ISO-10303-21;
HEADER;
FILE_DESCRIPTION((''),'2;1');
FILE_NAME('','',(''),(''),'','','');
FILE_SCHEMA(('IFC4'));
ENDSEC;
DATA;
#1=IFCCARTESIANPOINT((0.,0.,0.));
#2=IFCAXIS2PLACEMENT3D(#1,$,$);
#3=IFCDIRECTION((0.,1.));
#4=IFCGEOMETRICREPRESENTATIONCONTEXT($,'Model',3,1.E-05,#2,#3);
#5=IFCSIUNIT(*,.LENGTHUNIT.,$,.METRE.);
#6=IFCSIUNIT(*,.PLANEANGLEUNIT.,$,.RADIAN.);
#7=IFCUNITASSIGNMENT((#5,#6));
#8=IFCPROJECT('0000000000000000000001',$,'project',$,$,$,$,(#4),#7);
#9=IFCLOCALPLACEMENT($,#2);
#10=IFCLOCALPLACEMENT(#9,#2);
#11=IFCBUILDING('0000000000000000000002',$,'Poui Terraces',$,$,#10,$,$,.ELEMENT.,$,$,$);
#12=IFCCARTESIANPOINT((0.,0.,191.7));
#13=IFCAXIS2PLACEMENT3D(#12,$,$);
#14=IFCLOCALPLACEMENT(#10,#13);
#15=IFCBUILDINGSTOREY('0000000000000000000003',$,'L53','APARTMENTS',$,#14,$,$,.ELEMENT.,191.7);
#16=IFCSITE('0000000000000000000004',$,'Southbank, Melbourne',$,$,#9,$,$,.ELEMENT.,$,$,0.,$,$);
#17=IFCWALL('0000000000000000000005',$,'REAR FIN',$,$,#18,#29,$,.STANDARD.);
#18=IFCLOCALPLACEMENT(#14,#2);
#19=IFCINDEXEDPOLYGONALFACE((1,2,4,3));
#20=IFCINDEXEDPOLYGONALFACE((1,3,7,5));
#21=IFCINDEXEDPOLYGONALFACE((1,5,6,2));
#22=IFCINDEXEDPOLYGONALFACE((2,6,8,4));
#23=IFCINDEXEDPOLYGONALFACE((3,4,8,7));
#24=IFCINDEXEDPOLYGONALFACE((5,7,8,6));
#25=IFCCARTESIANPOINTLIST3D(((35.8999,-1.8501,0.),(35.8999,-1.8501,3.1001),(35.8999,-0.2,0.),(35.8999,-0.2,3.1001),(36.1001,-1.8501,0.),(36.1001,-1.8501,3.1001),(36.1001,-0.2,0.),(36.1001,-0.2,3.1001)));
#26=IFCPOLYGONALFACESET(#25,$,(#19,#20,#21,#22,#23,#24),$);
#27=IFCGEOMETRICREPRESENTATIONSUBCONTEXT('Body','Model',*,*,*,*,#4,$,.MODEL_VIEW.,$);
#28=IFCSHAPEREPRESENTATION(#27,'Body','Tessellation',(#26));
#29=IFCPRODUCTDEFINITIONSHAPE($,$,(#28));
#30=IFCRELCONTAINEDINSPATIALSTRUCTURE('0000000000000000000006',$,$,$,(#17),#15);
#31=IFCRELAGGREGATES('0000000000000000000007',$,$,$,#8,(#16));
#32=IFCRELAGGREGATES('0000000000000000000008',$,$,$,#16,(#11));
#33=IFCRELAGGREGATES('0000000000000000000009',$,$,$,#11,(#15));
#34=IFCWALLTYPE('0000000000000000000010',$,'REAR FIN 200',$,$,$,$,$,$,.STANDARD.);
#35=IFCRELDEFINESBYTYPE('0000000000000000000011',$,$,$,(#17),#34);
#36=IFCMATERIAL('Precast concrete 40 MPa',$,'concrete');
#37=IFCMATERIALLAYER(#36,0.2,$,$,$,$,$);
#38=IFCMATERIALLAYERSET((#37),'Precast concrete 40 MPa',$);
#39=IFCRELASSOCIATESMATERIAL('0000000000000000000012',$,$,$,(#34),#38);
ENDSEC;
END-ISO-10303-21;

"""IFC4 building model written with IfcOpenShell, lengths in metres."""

from ifc_helpers import new_model, si_unit, direction, frame, origin, place, context, subcontext, project, spatial, polyline, outline, extrude, source, transform, mapped, material, layer, layer_set, type_object, element, save


model = new_model("IFC4")

# Units and contexts
model_context = context("Model", 3, precision=1e-05, world=origin(), true_north=direction((0.0, 1.0)))
body_context = subcontext(model_context, "Body", "Model", "MODEL_VIEW")
ifc_project = project(units=[si_unit("LENGTHUNIT", "METRE"), si_unit("PLANEANGLEUNIT", "RADIAN")], contexts=[model_context])

# Site, building, storey
site_placement = place(None, origin())
site = spatial("IfcSite", under=ifc_project, at=site_placement, Name="Southbank, Melbourne", CompositionType="ELEMENT", RefElevation=0.0)
building_placement = place(site_placement, origin())
building = spatial("IfcBuilding", under=site, at=building_placement, Name="Poui Terraces", CompositionType="ELEMENT")
storey_placement = place(building_placement, frame((0.0, 0.0, 191.7)))
storey = spatial("IfcBuildingStorey", under=building, at=storey_placement, Name="L53", Description="APARTMENTS", CompositionType="ELEMENT", Elevation=191.7)

# Shared definitions
ifc_material_1 = material(Name="Precast concrete 40 MPa", Category="concrete")

# Wall
ifc_layer_1 = layer(ifc_material_1, 0.2)
ifc_layer_set_1 = layer_set([ifc_layer_1], Name="Precast concrete 40 MPa")
wall_type_1 = type_object("IfcWallType", Name="REAR FIN 200", PredefinedType="STANDARD", material=ifc_layer_set_1)
shared_shape_1 = source(origin(), body_context, "Body", "SweptSolid", [
    extrude(outline(polyline([(0.0, 0.0), (0.2002, 0.0), (0.2002, 1.6501), (0.0, 1.6501), (0.0, 0.0)])), origin(), (0.0, 0.0, 1.0), 3.1001),
])
for number, where, name in (
    (1, (35.8999, -1.8501, 0.0), "REAR FIN"),
):
    element("IfcWall", number, at=place(storey_placement, frame(where)), inside=storey, type_object=wall_type_1, Name=name, PredefinedType="STANDARD", context=body_context, shape_type="MappedRepresentation", body=[
        mapped(shared_shape_1, transform((0.0, 0.0, 0.0))),
    ])

save(model, "model.ifc")
